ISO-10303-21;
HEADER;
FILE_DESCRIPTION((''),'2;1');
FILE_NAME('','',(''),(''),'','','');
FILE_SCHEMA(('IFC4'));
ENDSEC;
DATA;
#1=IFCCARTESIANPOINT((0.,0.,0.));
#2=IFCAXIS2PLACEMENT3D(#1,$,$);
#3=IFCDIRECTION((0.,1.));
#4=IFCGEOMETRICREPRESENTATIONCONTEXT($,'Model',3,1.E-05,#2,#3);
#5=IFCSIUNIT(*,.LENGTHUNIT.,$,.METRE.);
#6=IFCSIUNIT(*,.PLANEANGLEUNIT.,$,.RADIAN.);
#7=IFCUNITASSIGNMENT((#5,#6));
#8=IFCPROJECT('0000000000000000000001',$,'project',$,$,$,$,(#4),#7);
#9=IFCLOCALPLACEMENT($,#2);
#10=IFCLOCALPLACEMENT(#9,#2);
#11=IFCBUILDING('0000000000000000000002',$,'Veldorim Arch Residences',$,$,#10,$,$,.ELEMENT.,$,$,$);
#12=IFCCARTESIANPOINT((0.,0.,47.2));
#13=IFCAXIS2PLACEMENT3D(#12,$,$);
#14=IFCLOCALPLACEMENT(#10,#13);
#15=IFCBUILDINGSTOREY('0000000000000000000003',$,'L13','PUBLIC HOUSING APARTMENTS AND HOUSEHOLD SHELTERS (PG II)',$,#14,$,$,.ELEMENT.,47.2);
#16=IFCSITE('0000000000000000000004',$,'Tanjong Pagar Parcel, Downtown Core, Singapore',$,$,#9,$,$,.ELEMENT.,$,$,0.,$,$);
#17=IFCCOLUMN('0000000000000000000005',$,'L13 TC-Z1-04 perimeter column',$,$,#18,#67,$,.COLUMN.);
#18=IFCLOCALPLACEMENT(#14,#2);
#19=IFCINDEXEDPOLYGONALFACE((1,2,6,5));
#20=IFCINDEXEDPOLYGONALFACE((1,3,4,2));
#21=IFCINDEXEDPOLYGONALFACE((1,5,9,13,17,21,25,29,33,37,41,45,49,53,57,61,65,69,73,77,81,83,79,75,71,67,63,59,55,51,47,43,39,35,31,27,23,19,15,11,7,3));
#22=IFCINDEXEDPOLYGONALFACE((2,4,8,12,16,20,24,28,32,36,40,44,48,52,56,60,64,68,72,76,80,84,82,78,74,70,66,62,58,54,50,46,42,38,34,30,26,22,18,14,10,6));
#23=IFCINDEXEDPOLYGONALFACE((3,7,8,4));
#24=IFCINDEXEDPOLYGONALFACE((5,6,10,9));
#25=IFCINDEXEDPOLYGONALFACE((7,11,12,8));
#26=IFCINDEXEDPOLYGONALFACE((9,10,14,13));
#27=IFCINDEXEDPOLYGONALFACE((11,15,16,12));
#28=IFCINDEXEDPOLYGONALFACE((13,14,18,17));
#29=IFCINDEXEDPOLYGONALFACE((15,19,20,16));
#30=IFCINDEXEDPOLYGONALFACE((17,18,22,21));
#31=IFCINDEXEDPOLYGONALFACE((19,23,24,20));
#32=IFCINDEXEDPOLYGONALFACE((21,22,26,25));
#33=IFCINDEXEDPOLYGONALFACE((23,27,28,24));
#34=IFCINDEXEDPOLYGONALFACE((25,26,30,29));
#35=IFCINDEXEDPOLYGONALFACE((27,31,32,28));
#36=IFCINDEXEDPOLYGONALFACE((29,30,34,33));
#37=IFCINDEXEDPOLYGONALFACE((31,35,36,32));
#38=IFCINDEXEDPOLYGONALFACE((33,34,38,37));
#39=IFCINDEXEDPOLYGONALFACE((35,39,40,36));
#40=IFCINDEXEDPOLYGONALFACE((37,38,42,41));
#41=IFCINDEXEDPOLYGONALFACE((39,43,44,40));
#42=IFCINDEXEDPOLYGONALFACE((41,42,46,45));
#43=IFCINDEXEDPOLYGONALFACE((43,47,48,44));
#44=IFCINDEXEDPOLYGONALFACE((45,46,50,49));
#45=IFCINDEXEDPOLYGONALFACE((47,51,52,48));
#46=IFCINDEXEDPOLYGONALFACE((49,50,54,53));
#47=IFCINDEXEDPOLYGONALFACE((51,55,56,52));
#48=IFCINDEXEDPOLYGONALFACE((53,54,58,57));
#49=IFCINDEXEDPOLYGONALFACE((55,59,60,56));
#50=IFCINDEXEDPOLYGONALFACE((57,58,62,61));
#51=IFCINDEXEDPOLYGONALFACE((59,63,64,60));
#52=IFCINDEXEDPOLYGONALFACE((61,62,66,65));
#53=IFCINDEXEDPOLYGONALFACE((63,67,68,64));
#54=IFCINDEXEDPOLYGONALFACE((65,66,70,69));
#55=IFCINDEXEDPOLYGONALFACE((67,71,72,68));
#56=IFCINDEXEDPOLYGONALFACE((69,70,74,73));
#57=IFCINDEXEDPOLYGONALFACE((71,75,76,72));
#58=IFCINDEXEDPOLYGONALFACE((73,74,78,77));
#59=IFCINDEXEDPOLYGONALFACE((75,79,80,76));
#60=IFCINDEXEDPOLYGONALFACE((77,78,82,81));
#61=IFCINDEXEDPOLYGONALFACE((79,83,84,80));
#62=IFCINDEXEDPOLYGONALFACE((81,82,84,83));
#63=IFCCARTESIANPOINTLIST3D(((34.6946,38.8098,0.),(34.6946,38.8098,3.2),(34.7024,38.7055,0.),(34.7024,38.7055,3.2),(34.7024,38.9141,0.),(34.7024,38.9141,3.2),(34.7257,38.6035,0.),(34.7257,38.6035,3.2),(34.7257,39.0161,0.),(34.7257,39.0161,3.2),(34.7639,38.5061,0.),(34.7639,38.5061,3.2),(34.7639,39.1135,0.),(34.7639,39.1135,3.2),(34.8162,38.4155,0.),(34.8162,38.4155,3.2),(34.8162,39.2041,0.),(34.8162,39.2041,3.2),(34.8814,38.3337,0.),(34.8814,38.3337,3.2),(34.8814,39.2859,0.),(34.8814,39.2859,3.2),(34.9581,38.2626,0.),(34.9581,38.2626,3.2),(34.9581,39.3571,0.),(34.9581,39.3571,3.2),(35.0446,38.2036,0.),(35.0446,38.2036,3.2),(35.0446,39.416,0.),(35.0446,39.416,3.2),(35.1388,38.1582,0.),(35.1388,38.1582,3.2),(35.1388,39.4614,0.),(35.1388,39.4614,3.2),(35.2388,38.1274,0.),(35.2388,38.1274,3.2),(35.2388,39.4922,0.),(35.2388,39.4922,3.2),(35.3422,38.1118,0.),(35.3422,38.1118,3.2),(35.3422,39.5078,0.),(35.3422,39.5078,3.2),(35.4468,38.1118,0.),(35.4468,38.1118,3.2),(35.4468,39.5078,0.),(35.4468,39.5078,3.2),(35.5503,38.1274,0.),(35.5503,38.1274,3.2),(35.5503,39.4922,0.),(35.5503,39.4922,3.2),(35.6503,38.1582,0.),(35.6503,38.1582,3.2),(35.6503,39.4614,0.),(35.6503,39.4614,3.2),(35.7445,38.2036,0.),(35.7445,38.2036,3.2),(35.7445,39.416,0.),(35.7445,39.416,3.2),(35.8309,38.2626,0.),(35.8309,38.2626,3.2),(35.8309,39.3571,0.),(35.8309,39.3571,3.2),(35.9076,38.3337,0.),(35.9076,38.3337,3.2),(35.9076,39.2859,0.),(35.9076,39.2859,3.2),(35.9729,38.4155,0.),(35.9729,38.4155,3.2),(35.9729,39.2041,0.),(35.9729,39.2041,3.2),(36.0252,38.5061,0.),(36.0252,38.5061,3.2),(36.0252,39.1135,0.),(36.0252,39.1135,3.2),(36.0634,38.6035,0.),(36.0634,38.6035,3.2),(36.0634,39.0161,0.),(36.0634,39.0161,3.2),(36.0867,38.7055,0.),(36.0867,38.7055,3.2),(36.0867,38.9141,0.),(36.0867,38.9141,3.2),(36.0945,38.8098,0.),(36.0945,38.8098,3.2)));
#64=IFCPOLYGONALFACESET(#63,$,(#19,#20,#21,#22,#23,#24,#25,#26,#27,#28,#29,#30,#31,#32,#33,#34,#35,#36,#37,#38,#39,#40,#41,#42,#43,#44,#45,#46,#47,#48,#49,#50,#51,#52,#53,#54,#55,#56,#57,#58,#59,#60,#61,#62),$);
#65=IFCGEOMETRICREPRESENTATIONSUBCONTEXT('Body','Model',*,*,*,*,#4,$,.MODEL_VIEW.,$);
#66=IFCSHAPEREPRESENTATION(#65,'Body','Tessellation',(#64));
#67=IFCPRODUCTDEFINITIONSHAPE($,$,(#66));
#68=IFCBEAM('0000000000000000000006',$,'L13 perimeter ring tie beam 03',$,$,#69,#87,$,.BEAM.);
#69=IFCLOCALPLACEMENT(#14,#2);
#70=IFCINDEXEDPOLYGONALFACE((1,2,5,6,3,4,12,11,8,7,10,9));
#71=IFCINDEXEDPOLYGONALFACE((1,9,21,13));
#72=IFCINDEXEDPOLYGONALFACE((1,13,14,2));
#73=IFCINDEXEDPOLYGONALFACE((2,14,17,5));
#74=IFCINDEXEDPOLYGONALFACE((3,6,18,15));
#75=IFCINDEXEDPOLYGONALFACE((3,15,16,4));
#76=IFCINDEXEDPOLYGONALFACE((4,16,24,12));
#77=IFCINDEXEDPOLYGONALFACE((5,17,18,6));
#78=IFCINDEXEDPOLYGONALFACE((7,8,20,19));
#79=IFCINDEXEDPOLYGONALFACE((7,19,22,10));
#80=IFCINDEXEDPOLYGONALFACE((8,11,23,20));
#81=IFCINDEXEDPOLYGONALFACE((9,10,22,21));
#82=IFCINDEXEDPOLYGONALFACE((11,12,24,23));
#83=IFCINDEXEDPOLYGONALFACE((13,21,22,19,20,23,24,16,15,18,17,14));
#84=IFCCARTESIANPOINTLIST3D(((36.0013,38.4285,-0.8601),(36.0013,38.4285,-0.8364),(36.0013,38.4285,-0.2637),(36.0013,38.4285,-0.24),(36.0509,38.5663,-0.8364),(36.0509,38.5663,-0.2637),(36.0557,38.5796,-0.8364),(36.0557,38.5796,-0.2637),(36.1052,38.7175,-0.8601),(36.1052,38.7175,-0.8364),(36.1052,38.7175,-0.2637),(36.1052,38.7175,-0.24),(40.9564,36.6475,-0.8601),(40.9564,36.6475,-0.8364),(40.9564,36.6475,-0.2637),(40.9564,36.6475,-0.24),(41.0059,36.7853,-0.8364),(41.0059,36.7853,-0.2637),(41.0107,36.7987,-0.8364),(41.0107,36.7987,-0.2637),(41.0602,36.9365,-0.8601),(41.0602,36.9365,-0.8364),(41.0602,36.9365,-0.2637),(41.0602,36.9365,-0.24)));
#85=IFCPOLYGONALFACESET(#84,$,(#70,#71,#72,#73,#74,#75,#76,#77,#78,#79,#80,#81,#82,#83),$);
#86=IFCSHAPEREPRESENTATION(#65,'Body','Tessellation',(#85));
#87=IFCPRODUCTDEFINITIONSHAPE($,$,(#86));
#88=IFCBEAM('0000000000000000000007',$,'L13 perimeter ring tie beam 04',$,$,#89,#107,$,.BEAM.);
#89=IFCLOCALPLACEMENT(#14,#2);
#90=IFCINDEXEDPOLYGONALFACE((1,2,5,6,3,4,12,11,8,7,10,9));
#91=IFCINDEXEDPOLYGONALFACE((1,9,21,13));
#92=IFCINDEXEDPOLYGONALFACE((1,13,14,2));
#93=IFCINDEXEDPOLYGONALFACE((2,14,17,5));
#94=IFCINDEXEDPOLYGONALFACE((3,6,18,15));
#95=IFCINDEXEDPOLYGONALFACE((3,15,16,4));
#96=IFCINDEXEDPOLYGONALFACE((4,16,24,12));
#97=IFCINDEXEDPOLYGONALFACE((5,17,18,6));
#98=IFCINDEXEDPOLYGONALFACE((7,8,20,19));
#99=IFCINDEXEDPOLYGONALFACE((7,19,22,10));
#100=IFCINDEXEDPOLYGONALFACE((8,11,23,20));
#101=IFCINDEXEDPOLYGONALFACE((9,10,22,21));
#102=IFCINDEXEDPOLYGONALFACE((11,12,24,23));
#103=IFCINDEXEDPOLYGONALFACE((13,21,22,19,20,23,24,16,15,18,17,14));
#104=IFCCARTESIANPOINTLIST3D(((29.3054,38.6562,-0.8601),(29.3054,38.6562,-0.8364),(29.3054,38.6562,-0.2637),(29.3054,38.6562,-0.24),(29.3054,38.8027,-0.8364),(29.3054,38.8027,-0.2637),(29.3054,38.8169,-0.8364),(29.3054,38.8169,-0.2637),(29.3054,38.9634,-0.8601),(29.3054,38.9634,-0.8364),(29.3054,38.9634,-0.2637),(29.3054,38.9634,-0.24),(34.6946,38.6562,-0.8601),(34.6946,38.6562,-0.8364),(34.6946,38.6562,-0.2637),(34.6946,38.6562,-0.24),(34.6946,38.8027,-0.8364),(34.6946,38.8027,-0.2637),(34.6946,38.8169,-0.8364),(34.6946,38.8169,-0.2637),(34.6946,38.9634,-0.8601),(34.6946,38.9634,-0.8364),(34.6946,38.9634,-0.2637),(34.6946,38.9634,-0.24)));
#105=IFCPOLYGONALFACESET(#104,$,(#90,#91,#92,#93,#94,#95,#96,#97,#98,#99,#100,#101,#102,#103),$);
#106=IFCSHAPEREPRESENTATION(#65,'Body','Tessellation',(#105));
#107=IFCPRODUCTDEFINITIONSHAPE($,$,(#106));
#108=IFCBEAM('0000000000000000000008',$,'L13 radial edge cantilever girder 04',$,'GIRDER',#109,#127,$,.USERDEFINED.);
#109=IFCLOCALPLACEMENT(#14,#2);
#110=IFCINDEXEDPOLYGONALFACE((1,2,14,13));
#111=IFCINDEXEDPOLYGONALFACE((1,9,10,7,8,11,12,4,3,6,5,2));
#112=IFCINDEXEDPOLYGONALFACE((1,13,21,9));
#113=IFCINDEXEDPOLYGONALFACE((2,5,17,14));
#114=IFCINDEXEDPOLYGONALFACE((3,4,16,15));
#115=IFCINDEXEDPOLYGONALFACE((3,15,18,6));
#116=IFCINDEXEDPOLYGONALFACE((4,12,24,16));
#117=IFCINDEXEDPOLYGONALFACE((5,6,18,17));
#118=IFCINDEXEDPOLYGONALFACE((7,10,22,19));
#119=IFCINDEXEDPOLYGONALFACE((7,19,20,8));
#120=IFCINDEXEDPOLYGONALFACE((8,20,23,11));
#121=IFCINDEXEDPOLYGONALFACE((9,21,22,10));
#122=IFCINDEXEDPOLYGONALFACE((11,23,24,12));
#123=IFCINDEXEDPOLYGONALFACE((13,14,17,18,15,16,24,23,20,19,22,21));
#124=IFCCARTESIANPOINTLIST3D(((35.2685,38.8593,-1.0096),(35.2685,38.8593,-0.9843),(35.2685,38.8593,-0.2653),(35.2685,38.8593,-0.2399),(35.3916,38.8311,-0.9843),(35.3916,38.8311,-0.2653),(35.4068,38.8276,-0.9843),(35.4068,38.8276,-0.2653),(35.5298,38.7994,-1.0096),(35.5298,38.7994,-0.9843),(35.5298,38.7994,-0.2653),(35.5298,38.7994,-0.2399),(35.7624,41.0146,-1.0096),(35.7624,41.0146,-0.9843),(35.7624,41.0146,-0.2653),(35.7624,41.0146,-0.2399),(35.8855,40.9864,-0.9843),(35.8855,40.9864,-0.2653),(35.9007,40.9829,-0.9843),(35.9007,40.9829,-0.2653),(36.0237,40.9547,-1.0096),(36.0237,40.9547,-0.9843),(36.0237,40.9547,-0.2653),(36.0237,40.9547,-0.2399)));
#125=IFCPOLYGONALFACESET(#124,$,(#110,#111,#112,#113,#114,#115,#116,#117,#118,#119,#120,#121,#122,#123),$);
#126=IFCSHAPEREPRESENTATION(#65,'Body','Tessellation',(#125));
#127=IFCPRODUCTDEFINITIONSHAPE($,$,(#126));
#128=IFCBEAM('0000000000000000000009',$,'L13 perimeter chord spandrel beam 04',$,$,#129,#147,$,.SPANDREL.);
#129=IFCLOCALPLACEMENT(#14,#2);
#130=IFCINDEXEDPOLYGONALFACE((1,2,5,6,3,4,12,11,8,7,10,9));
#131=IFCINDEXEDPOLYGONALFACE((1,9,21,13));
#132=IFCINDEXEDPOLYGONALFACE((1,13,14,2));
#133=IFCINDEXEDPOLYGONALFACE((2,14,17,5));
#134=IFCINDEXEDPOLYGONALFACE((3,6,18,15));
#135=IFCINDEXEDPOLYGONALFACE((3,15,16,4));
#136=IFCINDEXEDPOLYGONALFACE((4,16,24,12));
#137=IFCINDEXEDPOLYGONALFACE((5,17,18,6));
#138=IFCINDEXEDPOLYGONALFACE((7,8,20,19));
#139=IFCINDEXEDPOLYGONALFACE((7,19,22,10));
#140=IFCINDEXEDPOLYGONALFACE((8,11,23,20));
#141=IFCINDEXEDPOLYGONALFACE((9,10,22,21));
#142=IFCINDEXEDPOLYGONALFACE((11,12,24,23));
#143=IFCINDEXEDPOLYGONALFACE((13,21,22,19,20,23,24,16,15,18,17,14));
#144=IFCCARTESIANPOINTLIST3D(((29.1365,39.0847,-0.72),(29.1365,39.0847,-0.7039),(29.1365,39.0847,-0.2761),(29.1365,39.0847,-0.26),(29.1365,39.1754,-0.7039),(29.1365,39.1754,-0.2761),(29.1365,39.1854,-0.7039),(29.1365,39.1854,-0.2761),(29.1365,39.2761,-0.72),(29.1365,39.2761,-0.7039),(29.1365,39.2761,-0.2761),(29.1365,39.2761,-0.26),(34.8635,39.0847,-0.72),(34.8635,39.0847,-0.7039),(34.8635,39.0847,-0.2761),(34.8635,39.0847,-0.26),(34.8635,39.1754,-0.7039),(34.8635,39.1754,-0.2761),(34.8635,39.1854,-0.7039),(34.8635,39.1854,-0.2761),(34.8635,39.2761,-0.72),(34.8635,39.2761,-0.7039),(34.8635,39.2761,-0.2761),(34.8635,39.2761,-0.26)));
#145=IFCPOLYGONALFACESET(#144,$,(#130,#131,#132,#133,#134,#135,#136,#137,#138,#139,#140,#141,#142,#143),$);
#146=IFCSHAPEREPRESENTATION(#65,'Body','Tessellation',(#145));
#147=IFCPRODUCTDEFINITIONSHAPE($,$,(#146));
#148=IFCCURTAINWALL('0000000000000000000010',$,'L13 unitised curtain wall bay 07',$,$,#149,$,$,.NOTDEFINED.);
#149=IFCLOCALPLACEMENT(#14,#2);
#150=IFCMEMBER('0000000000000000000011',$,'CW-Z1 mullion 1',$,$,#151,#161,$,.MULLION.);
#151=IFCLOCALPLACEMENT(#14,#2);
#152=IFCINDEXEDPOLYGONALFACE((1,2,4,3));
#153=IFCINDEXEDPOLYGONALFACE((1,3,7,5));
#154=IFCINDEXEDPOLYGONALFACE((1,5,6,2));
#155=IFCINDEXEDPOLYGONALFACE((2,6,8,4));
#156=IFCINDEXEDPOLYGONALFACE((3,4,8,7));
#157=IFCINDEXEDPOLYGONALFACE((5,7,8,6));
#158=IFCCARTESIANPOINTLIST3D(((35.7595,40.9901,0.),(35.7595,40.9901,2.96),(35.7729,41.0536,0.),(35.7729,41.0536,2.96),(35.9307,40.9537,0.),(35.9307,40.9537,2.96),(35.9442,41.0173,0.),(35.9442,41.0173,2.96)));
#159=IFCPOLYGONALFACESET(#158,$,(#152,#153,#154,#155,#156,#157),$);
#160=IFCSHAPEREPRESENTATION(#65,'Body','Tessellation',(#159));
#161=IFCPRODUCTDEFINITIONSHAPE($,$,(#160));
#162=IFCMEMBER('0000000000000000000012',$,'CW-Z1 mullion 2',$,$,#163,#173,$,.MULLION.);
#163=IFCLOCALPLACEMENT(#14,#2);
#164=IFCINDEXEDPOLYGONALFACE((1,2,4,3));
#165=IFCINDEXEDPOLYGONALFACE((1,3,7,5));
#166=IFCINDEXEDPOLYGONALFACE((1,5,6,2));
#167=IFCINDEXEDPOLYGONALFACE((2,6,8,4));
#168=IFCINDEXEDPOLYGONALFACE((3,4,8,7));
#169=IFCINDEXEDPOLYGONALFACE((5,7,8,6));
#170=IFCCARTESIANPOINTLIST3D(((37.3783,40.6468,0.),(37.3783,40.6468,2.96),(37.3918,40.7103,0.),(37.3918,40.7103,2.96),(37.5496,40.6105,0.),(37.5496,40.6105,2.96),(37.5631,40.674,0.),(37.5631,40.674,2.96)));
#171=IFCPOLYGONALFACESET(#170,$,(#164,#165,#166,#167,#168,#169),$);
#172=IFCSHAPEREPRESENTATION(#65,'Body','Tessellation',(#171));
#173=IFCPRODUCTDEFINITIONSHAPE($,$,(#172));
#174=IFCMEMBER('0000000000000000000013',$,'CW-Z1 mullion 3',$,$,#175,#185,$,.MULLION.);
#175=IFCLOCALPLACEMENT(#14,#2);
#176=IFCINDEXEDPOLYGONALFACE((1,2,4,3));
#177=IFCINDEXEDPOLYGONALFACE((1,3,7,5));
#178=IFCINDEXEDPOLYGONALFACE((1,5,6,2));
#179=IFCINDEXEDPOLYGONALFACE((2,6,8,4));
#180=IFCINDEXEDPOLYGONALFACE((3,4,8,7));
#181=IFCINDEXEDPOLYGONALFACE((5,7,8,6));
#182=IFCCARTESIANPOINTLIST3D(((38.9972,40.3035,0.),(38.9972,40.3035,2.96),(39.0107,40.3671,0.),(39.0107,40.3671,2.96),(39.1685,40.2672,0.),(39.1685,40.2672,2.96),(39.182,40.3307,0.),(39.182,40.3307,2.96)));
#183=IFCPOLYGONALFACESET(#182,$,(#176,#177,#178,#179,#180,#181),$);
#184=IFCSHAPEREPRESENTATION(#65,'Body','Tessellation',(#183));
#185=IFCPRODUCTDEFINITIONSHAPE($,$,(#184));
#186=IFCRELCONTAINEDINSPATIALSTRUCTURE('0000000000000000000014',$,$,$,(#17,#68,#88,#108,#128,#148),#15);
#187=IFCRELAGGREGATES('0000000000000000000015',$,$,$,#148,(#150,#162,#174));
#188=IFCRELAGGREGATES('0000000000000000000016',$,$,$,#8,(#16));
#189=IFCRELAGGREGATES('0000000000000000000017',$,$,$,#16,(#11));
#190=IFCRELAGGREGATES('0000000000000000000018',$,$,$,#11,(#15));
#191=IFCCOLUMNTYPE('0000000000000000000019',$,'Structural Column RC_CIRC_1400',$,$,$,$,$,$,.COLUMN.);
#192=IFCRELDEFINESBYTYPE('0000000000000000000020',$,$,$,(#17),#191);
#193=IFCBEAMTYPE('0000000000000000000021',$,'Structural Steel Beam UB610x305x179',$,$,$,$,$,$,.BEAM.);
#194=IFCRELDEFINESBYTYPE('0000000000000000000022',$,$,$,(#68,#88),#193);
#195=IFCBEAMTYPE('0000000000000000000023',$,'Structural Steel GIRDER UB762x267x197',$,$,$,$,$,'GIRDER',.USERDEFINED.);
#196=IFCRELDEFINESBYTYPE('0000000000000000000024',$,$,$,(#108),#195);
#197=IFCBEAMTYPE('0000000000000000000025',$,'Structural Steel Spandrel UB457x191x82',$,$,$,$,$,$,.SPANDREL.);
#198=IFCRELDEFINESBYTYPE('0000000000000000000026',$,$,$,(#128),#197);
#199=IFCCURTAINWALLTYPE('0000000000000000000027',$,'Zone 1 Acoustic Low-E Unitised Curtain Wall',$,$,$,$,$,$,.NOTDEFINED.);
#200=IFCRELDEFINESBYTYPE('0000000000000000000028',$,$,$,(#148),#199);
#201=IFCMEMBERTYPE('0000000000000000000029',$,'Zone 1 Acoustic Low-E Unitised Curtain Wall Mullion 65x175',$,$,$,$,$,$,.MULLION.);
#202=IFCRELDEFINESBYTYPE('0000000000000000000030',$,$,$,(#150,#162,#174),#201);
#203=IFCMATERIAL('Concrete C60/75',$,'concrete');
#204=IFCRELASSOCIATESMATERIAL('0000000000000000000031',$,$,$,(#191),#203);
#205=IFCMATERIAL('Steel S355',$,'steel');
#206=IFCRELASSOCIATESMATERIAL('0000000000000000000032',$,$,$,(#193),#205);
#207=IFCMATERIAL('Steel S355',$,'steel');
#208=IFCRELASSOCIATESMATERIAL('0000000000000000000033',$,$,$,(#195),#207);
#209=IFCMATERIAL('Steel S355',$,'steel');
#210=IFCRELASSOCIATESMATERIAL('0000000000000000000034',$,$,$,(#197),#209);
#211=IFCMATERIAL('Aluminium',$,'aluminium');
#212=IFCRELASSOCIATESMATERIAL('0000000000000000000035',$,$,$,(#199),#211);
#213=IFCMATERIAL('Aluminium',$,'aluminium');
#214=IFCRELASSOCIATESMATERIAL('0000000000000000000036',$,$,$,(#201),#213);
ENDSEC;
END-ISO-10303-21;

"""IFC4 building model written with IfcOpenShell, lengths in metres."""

from ifc_helpers import new_model, si_unit, direction, frame, origin, origin_2d, place, context, subcontext, project, spatial, rectangle, circle, i_section, extrude, material, material_profile, profile_set, type_object, element, aggregate, save


model = new_model("IFC4")

# Units and contexts
model_context = context("Model", 3, precision=1e-05, world=origin(), true_north=direction((0.0, 1.0)))
body_context = subcontext(model_context, "Body", "Model", "MODEL_VIEW")
ifc_project = project(units=[si_unit("LENGTHUNIT", "METRE"), si_unit("PLANEANGLEUNIT", "RADIAN")], contexts=[model_context])

# Site, building, storey
site_placement = place(None, origin())
site = spatial("IfcSite", under=ifc_project, at=site_placement, Name="Tanjong Pagar Parcel, Downtown Core, Singapore", CompositionType="ELEMENT", RefElevation=0.0)
building_placement = place(site_placement, origin())
building = spatial("IfcBuilding", under=site, at=building_placement, Name="Veldorim Arch Residences", CompositionType="ELEMENT")
storey_placement = place(building_placement, frame((0.0, 0.0, 47.2)))
storey = spatial("IfcBuildingStorey", under=building, at=storey_placement, Name="L13", Description="PUBLIC HOUSING APARTMENTS AND HOUSEHOLD SHELTERS (PG II)", CompositionType="ELEMENT", Elevation=47.2)

# Column
ifc_material_1 = material(Name="Concrete C60/75", Category="concrete")
ifc_material_profile_1 = material_profile(ifc_material_1, circle(Radius=0.7, at=origin_2d()), Name="RC_CIRC_1400")
ifc_profile_set_1 = profile_set([ifc_material_profile_1], Name="Concrete C60/75")
column_type = type_object("IfcColumnType", Name="Structural Column RC_CIRC_1400", PredefinedType="COLUMN", material=ifc_profile_set_1)
column_placement = place(storey_placement, frame((35.3945, 38.8098, 0.0), z_axis=(0.0, 0.0, 1.0), x_axis=(1.0, 0.0, 0.0)))
element("IfcColumn", 1, at=column_placement, inside=storey, type_object=column_type, Name="L13 TC-Z1-04 perimeter column", PredefinedType="COLUMN", context=body_context, shape_type="SweptSolid", body=[
    extrude(circle(Radius=0.7, at=origin_2d()), origin(), (0.0, 0.0, 1.0), 3.2),
])

# Beams
ifc_material_2 = material(Name="Steel S355", Category="steel")
ifc_material_profile_2 = material_profile(ifc_material_2, i_section(OverallWidth=0.3071, OverallDepth=0.6201, WebThickness=0.0142, FlangeThickness=0.0237, at=origin_2d()), Name="UB610x305x179")
ifc_profile_set_2 = profile_set([ifc_material_profile_2], Name="Steel S355")
beam_type_1 = type_object("IfcBeamType", Name="Structural Steel Beam UB610x305x179", PredefinedType="BEAM", material=ifc_profile_set_2)
beam_1_placement = place(storey_placement, frame((41.0083, 36.792, -0.55), z_axis=(-0.941058, 0.338245, 0.0), x_axis=(-0.338245, -0.941058, 0.0)))
element("IfcBeam", 2, at=beam_1_placement, inside=storey, type_object=beam_type_1, Name="L13 perimeter ring tie beam 03", PredefinedType="BEAM", context=body_context, shape_type="SweptSolid", body=[
    extrude(i_section(OverallWidth=0.3071, OverallDepth=0.6201, WebThickness=0.0142, FlangeThickness=0.0237, at=origin_2d()), origin(), (0.0, 0.0, 1.0), 5.2654),
])
beam_2_placement = place(storey_placement, frame((34.6946, 38.8098, -0.55), z_axis=(-1.0, 0.0, 0.0), x_axis=(0.0, -1.0, 0.0)))
element("IfcBeam", 3, at=beam_2_placement, inside=storey, type_object=beam_type_1, Name="L13 perimeter ring tie beam 04", PredefinedType="BEAM", context=body_context, shape_type="SweptSolid", body=[
    extrude(i_section(OverallWidth=0.3071, OverallDepth=0.6201, WebThickness=0.0142, FlangeThickness=0.0237, at=origin_2d()), origin(), (0.0, 0.0, 1.0), 5.3892),
])
ifc_material_3 = material(Name="Steel S355", Category="steel")
ifc_material_profile_3 = material_profile(ifc_material_3, i_section(OverallWidth=0.2681, OverallDepth=0.7698, WebThickness=0.0156, FlangeThickness=0.0254, at=origin_2d()), Name="UB762x267x197")
ifc_profile_set_3 = profile_set([ifc_material_profile_3], Name="Steel S355")
beam_type_2 = type_object("IfcBeamType", Name="Structural Steel GIRDER UB762x267x197", ElementType="GIRDER", PredefinedType="USERDEFINED", material=ifc_profile_set_3)
beam_3_placement = place(storey_placement, frame((35.3992, 38.8293, -0.6248), z_axis=(0.223367, 0.974734, 0.0), x_axis=(-0.974734, 0.223367, 0.0)))
element("IfcBeam", 4, at=beam_3_placement, inside=storey, type_object=beam_type_2, Name="L13 radial edge cantilever girder 04", ObjectType="GIRDER", PredefinedType="USERDEFINED", context=body_context, shape_type="SweptSolid", body=[
    extrude(i_section(OverallWidth=0.2681, OverallDepth=0.7698, WebThickness=0.0156, FlangeThickness=0.0254, at=origin_2d()), origin(), (0.0, 0.0, 1.0), 2.2112),
])
ifc_material_4 = material(Name="Steel S355", Category="steel")
ifc_material_profile_4 = material_profile(ifc_material_4, i_section(OverallWidth=0.1914, OverallDepth=0.46, WebThickness=0.01, FlangeThickness=0.0161, at=origin_2d()), Name="UB457x191x82")
ifc_profile_set_4 = profile_set([ifc_material_profile_4], Name="Steel S355")
beam_type_3 = type_object("IfcBeamType", Name="Structural Steel Spandrel UB457x191x82", PredefinedType="SPANDREL", material=ifc_profile_set_4)
beam_4_placement = place(storey_placement, frame((34.8635, 39.1804, -0.49), z_axis=(-1.0, 0.0, 0.0), x_axis=(0.0, -1.0, 0.0)))
element("IfcBeam", 5, at=beam_4_placement, inside=storey, type_object=beam_type_3, Name="L13 perimeter chord spandrel beam 04", PredefinedType="SPANDREL", context=body_context, shape_type="SweptSolid", body=[
    extrude(i_section(OverallWidth=0.1914, OverallDepth=0.46, WebThickness=0.01, FlangeThickness=0.0161, at=origin_2d()), origin(), (0.0, 0.0, 1.0), 5.7271),
])

# Curtain wall, members
ifc_material_5 = material(Name="Aluminium", Category="aluminium")
curtain_wall_type = type_object("IfcCurtainWallType", Name="Zone 1 Acoustic Low-E Unitised Curtain Wall", PredefinedType="NOTDEFINED", material=ifc_material_5)
curtain_wall_placement = place(storey_placement, origin())
curtain_wall = element("IfcCurtainWall", 6, at=curtain_wall_placement, inside=storey, type_object=curtain_wall_type, Name="L13 unitised curtain wall bay 07", PredefinedType="NOTDEFINED")
ifc_material_6 = material(Name="Aluminium", Category="aluminium")
ifc_material_profile_5 = material_profile(ifc_material_6, rectangle(XDim=0.0649, YDim=0.175, at=origin_2d()), Name="ALU_MUL_65x175")
ifc_profile_set_5 = profile_set([ifc_material_profile_5], Name="Aluminium")
member_type_1 = type_object("IfcMemberType", Name="Zone 1 Acoustic Low-E Unitised Curtain Wall Mullion 65x175", PredefinedType="MULLION", material=ifc_profile_set_5)
member_1_placement = place(storey_placement, frame((35.8518, 41.0037, 0.0), z_axis=(0.0, 0.0, 1.0), x_axis=(0.207442, 0.978247, 0.0)))
member_1 = element("IfcMember", 7, at=member_1_placement, type_object=member_type_1, Name="CW-Z1 mullion 1", PredefinedType="MULLION", context=body_context, shape_type="SweptSolid", body=[
    extrude(rectangle(XDim=0.0649, YDim=0.175, at=origin_2d()), origin(), (0.0, 0.0, 1.0), 2.96),
])
member_2_placement = place(storey_placement, frame((37.4707, 40.6604, 0.0), z_axis=(0.0, 0.0, 1.0), x_axis=(0.207442, 0.978247, 0.0)))
member_2 = element("IfcMember", 8, at=member_2_placement, type_object=member_type_1, Name="CW-Z1 mullion 2", PredefinedType="MULLION", context=body_context, shape_type="SweptSolid", body=[
    extrude(rectangle(XDim=0.0649, YDim=0.175, at=origin_2d()), origin(), (0.0, 0.0, 1.0), 2.96),
])
member_3_placement = place(storey_placement, frame((39.0896, 40.3171, 0.0), z_axis=(0.0, 0.0, 1.0), x_axis=(0.207442, 0.978247, 0.0)))
member_3 = element("IfcMember", 9, at=member_3_placement, type_object=member_type_1, Name="CW-Z1 mullion 3", PredefinedType="MULLION", context=body_context, shape_type="SweptSolid", body=[
    extrude(rectangle(XDim=0.0649, YDim=0.175, at=origin_2d()), origin(), (0.0, 0.0, 1.0), 2.96),
])
aggregate(curtain_wall, [member_1, member_2, member_3])

save(model, "model.ifc")
